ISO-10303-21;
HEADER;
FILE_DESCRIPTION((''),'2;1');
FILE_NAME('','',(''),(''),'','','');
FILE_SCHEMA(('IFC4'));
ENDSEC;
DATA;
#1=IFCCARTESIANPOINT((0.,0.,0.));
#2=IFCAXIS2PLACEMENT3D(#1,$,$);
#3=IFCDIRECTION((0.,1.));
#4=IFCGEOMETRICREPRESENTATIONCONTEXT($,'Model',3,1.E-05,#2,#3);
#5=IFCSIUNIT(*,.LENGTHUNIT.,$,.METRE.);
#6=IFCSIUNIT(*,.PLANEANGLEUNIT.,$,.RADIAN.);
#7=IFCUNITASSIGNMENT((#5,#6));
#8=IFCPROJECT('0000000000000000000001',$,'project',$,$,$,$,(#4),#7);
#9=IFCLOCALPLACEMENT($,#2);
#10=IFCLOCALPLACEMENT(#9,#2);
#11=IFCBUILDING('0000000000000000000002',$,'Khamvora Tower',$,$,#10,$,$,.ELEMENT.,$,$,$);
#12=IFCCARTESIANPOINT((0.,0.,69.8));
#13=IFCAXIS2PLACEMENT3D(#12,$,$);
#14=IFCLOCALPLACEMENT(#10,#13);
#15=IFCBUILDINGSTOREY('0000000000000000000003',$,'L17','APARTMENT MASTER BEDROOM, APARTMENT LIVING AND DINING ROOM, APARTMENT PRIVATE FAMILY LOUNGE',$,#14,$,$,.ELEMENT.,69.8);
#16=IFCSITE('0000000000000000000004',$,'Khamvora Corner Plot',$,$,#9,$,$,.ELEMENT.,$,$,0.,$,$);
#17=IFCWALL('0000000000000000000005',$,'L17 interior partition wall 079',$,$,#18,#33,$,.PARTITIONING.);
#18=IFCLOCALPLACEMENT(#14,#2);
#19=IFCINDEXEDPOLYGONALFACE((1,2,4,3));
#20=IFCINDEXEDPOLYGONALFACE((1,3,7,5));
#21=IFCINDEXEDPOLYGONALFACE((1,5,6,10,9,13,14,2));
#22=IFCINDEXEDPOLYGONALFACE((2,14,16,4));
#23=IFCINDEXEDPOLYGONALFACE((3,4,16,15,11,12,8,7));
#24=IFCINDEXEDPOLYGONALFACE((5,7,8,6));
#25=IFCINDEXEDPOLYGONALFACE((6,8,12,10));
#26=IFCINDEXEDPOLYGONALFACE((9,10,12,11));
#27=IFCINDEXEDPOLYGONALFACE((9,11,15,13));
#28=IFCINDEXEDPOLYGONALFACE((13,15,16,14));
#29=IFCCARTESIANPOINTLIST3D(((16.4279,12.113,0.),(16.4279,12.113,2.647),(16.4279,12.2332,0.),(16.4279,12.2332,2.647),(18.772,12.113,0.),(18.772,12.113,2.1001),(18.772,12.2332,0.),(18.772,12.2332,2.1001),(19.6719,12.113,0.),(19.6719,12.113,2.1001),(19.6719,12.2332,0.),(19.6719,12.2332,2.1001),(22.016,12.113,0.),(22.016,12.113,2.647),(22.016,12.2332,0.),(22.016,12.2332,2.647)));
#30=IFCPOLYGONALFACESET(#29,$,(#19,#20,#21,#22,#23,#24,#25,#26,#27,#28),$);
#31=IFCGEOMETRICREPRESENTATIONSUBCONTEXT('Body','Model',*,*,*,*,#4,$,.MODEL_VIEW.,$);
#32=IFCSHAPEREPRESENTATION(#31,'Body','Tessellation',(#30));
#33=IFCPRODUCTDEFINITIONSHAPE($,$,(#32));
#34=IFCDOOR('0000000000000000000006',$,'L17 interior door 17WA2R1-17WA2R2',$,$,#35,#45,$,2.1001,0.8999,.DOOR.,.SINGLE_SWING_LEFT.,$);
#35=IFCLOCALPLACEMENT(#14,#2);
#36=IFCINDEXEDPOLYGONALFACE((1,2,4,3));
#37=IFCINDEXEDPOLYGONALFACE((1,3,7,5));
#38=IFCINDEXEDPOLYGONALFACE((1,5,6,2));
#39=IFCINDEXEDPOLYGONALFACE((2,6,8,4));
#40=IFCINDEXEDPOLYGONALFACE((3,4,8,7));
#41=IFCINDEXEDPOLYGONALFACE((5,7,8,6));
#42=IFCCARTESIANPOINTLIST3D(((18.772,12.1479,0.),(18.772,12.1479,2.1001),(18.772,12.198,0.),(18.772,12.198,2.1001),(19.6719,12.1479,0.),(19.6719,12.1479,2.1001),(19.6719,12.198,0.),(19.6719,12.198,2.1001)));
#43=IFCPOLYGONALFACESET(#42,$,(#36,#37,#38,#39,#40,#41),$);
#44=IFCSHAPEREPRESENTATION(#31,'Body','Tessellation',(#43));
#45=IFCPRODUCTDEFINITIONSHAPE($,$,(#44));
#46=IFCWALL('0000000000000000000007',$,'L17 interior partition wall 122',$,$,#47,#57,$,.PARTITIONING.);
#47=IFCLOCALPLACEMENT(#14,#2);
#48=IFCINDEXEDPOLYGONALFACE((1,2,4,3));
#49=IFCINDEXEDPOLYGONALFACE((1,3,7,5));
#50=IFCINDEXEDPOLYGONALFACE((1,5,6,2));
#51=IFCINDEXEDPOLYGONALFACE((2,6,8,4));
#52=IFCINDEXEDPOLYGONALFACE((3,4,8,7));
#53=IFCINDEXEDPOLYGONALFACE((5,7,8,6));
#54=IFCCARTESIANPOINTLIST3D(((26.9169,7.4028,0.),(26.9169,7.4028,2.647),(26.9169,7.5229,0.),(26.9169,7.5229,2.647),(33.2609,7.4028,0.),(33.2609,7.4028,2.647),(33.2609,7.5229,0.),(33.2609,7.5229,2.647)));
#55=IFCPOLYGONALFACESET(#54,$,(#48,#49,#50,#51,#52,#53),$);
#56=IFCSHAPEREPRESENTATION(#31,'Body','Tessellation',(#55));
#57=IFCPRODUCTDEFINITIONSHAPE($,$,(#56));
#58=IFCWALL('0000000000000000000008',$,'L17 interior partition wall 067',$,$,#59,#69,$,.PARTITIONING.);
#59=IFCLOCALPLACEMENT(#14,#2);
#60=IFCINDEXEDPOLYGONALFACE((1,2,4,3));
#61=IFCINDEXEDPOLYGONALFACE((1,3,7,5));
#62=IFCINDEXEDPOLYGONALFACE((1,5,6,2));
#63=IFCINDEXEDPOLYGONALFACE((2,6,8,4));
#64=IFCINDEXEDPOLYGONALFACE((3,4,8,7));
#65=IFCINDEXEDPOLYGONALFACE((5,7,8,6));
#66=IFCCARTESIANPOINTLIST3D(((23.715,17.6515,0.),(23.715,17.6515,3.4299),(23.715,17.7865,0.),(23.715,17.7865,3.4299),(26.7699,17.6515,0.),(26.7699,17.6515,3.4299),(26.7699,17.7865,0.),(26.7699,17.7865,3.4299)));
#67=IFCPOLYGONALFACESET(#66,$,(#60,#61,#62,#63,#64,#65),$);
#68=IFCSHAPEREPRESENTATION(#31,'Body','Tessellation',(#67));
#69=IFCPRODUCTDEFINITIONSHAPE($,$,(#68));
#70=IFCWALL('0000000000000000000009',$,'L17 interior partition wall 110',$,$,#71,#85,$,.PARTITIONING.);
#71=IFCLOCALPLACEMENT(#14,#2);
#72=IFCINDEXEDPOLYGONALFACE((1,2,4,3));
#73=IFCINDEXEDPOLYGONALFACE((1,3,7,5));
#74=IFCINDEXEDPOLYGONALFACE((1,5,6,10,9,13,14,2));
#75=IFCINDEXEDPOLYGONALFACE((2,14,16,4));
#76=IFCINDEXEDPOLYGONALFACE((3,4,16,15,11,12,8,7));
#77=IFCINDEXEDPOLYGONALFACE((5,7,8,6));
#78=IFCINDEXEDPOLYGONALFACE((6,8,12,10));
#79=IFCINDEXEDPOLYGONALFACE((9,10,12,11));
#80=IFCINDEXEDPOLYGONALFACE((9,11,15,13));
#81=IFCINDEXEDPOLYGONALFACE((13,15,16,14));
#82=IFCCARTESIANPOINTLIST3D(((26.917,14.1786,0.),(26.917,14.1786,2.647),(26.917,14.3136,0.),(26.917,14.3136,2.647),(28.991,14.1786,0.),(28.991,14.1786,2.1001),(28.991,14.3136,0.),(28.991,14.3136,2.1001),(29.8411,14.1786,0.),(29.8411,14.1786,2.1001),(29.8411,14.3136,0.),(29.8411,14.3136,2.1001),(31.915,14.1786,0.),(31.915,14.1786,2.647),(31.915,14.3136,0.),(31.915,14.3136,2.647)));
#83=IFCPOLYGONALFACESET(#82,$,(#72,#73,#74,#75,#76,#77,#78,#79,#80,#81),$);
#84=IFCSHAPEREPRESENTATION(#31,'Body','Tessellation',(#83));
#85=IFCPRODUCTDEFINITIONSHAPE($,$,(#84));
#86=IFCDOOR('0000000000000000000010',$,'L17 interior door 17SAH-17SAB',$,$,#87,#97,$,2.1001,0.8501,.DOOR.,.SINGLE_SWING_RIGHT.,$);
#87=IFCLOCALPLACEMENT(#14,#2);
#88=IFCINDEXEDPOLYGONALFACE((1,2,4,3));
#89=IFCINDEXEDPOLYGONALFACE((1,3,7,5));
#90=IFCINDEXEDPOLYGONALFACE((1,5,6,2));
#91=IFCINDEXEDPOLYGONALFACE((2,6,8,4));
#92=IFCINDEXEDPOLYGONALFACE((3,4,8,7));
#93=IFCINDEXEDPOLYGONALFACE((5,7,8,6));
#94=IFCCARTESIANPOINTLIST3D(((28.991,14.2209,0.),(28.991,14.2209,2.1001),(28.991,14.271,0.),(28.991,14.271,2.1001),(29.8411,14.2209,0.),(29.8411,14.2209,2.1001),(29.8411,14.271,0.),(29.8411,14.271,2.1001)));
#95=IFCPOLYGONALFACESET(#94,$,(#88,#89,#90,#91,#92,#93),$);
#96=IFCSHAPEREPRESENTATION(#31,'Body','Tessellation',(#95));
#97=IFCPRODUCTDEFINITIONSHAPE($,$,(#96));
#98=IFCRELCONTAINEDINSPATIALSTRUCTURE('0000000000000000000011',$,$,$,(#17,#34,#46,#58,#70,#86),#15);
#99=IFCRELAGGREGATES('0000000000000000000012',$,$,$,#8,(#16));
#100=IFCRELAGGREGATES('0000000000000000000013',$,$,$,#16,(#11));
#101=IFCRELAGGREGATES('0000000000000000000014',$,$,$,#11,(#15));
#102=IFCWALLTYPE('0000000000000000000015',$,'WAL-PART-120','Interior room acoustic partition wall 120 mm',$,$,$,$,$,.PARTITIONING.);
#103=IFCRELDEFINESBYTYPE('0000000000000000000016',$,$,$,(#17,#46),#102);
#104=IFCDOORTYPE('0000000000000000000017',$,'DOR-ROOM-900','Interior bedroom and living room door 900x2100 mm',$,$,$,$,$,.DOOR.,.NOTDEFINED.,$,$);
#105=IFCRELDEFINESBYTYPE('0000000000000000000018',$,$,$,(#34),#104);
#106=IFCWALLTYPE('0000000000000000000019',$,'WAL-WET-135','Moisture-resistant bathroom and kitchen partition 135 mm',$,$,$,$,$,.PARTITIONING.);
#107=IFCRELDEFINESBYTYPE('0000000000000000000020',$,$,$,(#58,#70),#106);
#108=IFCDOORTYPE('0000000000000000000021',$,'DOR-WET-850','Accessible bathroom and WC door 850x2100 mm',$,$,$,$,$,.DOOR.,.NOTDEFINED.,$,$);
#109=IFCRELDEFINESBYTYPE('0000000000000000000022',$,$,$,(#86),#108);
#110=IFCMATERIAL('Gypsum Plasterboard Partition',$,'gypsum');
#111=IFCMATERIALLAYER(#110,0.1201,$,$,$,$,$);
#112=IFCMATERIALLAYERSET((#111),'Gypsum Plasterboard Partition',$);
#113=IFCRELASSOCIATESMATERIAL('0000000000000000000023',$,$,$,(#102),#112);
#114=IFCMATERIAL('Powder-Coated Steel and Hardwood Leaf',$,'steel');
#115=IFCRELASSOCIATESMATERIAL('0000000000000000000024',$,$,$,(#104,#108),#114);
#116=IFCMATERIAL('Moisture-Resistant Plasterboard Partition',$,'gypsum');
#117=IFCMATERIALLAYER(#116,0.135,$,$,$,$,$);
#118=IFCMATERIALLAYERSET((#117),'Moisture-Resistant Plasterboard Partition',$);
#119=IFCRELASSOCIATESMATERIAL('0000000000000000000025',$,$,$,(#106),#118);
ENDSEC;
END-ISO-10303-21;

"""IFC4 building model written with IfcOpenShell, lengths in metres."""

from ifc_helpers import new_model, si_unit, direction, frame, frame_2d, origin, place, context, subcontext, project, spatial, rectangle, extrude, material, layer, layer_set, type_object, element, fill, save


model = new_model("IFC4")

# Units and contexts
model_context = context("Model", 3, precision=1e-05, world=origin(), true_north=direction((0.0, 1.0)))
body_context = subcontext(model_context, "Body", "Model", "MODEL_VIEW")
ifc_project = project(units=[si_unit("LENGTHUNIT", "METRE"), si_unit("PLANEANGLEUNIT", "RADIAN")], contexts=[model_context])

# Site, building, storey
site_placement = place(None, origin())
site = spatial("IfcSite", under=ifc_project, at=site_placement, Name="Khamvora Corner Plot", CompositionType="ELEMENT", RefElevation=0.0)
building_placement = place(site_placement, origin())
building = spatial("IfcBuilding", under=site, at=building_placement, Name="Khamvora Tower", CompositionType="ELEMENT")
storey_placement = place(building_placement, frame((0.0, 0.0, 69.8)))
storey = spatial("IfcBuildingStorey", under=building, at=storey_placement, Name="L17", Description="APARTMENT MASTER BEDROOM, APARTMENT LIVING AND DINING ROOM, APARTMENT PRIVATE FAMILY LOUNGE", CompositionType="ELEMENT", Elevation=69.8)

# Wall, opening, door
ifc_material_1 = material(Name="Gypsum Plasterboard Partition", Category="gypsum")
ifc_layer_1 = layer(ifc_material_1, 0.1201)
ifc_layer_set_1 = layer_set([ifc_layer_1], Name="Gypsum Plasterboard Partition")
wall_type_1 = type_object("IfcWallType", Name="WAL-PART-120", Description="Interior room acoustic partition wall 120 mm", PredefinedType="PARTITIONING", material=ifc_layer_set_1)
ifc_material_2 = material(Name="Powder-Coated Steel and Hardwood Leaf", Category="steel")
door_type_1 = type_object("IfcDoorType", Name="DOR-ROOM-900", Description="Interior bedroom and living room door 900x2100 mm", OperationType="NOTDEFINED", PredefinedType="DOOR", material=ifc_material_2)
wall_1_placement = place(storey_placement, frame((16.428, 12.1731, 0.0), z_axis=(0.0, 0.0, 1.0), x_axis=(1.0, 0.0, 0.0)))
wall_1 = element("IfcWall", 1, at=wall_1_placement, inside=storey, type_object=wall_type_1, Name="L17 interior partition wall 079", PredefinedType="PARTITIONING", context=body_context, shape_type="SweptSolid", body=[
    extrude(rectangle(XDim=5.5881, YDim=0.1201, at=frame_2d((2.7939, 0.0))), origin(), (0.0, 0.0, 1.0), 2.647),
])
opening_1_placement = place(wall_1_placement, frame((2.344, 0.0, 0.0)))
opening_1 = element("IfcOpeningElement", 2, at=opening_1_placement, cuts=wall_1, PredefinedType="OPENING", context=body_context, shape_type="SweptSolid", body=[
    extrude(rectangle(XDim=0.8999, YDim=2.1001, at=frame_2d((0.45, 1.05))), frame((0.0, 0.0701, 0.0), z_axis=(0.0, -1.0, 0.0), x_axis=(1.0, 0.0, 0.0)), (0.0, 0.0, 1.0), 0.1401),
])
door_1_placement = place(opening_1_placement, origin())
door_1 = element("IfcDoor", 3, at=door_1_placement, inside=storey, type_object=door_type_1, Name="L17 interior door 17WA2R1-17WA2R2", OperationType="SINGLE_SWING_LEFT", OverallHeight=2.1001, OverallWidth=0.8999, PredefinedType="DOOR", context=body_context, shape_type="SweptSolid", body=[
    extrude(rectangle(XDim=0.8999, YDim=2.1001, at=frame_2d((0.45, 1.05))), frame((0.0, 0.0249, 0.0), z_axis=(0.0, -1.0, 0.0), x_axis=(1.0, 0.0, 0.0)), (0.0, 0.0, 1.0), 0.05),
])
fill(opening_1, door_1)

# Walls
wall_2_placement = place(storey_placement, frame((26.917, 7.4629, 0.0), z_axis=(0.0, 0.0, 1.0), x_axis=(1.0, 0.0, 0.0)))
element("IfcWall", 4, at=wall_2_placement, inside=storey, type_object=wall_type_1, Name="L17 interior partition wall 122", PredefinedType="PARTITIONING", context=body_context, shape_type="SweptSolid", body=[
    extrude(rectangle(XDim=6.344, YDim=0.1201, at=frame_2d((3.1719, 0.0))), origin(), (0.0, 0.0, 1.0), 2.647),
])
ifc_material_3 = material(Name="Moisture-Resistant Plasterboard Partition", Category="gypsum")
ifc_layer_2 = layer(ifc_material_3, 0.135)
ifc_layer_set_2 = layer_set([ifc_layer_2], Name="Moisture-Resistant Plasterboard Partition")
wall_type_2 = type_object("IfcWallType", Name="WAL-WET-135", Description="Moisture-resistant bathroom and kitchen partition 135 mm", PredefinedType="PARTITIONING", material=ifc_layer_set_2)
wall_3_placement = place(storey_placement, frame((23.7151, 17.719, 0.0), z_axis=(0.0, 0.0, 1.0), x_axis=(1.0, 0.0, 0.0)))
element("IfcWall", 5, at=wall_3_placement, inside=storey, type_object=wall_type_2, Name="L17 interior partition wall 067", PredefinedType="PARTITIONING", context=body_context, shape_type="SweptSolid", body=[
    extrude(rectangle(XDim=3.0549, YDim=0.135, at=frame_2d((1.5273, 0.0))), origin(), (0.0, 0.0, 1.0), 3.4299),
])

# Wall, opening, door
wall_4_placement = place(storey_placement, frame((26.917, 14.2461, 0.0), z_axis=(0.0, 0.0, 1.0), x_axis=(1.0, 0.0, 0.0)))
wall_4 = element("IfcWall", 6, at=wall_4_placement, inside=storey, type_object=wall_type_2, Name="L17 interior partition wall 110", PredefinedType="PARTITIONING", context=body_context, shape_type="SweptSolid", body=[
    extrude(rectangle(XDim=4.998, YDim=0.135, at=frame_2d((2.499, 0.0))), origin(), (0.0, 0.0, 1.0), 2.647),
])
opening_2_placement = place(wall_4_placement, frame((2.074, 0.0, 0.0)))
opening_2 = element("IfcOpeningElement", 7, at=opening_2_placement, cuts=wall_4, PredefinedType="OPENING", context=body_context, shape_type="SweptSolid", body=[
    extrude(rectangle(XDim=0.8501, YDim=2.1001, at=frame_2d((0.425, 1.05))), frame((0.0, 0.0774, 0.0), z_axis=(0.0, -1.0, 0.0), x_axis=(1.0, 0.0, 0.0)), (0.0, 0.0, 1.0), 0.155),
])
door_type_2 = type_object("IfcDoorType", Name="DOR-WET-850", Description="Accessible bathroom and WC door 850x2100 mm", OperationType="NOTDEFINED", PredefinedType="DOOR", material=ifc_material_2)
door_2_placement = place(opening_2_placement, origin())
door_2 = element("IfcDoor", 8, at=door_2_placement, inside=storey, type_object=door_type_2, Name="L17 interior door 17SAH-17SAB", OperationType="SINGLE_SWING_RIGHT", OverallHeight=2.1001, OverallWidth=0.8501, PredefinedType="DOOR", context=body_context, shape_type="SweptSolid", body=[
    extrude(rectangle(XDim=0.8501, YDim=2.1001, at=frame_2d((0.425, 1.05))), frame((0.0, 0.0249, 0.0), z_axis=(0.0, -1.0, 0.0), x_axis=(1.0, 0.0, 0.0)), (0.0, 0.0, 1.0), 0.05),
])
fill(opening_2, door_2)

save(model, "model.ifc")
